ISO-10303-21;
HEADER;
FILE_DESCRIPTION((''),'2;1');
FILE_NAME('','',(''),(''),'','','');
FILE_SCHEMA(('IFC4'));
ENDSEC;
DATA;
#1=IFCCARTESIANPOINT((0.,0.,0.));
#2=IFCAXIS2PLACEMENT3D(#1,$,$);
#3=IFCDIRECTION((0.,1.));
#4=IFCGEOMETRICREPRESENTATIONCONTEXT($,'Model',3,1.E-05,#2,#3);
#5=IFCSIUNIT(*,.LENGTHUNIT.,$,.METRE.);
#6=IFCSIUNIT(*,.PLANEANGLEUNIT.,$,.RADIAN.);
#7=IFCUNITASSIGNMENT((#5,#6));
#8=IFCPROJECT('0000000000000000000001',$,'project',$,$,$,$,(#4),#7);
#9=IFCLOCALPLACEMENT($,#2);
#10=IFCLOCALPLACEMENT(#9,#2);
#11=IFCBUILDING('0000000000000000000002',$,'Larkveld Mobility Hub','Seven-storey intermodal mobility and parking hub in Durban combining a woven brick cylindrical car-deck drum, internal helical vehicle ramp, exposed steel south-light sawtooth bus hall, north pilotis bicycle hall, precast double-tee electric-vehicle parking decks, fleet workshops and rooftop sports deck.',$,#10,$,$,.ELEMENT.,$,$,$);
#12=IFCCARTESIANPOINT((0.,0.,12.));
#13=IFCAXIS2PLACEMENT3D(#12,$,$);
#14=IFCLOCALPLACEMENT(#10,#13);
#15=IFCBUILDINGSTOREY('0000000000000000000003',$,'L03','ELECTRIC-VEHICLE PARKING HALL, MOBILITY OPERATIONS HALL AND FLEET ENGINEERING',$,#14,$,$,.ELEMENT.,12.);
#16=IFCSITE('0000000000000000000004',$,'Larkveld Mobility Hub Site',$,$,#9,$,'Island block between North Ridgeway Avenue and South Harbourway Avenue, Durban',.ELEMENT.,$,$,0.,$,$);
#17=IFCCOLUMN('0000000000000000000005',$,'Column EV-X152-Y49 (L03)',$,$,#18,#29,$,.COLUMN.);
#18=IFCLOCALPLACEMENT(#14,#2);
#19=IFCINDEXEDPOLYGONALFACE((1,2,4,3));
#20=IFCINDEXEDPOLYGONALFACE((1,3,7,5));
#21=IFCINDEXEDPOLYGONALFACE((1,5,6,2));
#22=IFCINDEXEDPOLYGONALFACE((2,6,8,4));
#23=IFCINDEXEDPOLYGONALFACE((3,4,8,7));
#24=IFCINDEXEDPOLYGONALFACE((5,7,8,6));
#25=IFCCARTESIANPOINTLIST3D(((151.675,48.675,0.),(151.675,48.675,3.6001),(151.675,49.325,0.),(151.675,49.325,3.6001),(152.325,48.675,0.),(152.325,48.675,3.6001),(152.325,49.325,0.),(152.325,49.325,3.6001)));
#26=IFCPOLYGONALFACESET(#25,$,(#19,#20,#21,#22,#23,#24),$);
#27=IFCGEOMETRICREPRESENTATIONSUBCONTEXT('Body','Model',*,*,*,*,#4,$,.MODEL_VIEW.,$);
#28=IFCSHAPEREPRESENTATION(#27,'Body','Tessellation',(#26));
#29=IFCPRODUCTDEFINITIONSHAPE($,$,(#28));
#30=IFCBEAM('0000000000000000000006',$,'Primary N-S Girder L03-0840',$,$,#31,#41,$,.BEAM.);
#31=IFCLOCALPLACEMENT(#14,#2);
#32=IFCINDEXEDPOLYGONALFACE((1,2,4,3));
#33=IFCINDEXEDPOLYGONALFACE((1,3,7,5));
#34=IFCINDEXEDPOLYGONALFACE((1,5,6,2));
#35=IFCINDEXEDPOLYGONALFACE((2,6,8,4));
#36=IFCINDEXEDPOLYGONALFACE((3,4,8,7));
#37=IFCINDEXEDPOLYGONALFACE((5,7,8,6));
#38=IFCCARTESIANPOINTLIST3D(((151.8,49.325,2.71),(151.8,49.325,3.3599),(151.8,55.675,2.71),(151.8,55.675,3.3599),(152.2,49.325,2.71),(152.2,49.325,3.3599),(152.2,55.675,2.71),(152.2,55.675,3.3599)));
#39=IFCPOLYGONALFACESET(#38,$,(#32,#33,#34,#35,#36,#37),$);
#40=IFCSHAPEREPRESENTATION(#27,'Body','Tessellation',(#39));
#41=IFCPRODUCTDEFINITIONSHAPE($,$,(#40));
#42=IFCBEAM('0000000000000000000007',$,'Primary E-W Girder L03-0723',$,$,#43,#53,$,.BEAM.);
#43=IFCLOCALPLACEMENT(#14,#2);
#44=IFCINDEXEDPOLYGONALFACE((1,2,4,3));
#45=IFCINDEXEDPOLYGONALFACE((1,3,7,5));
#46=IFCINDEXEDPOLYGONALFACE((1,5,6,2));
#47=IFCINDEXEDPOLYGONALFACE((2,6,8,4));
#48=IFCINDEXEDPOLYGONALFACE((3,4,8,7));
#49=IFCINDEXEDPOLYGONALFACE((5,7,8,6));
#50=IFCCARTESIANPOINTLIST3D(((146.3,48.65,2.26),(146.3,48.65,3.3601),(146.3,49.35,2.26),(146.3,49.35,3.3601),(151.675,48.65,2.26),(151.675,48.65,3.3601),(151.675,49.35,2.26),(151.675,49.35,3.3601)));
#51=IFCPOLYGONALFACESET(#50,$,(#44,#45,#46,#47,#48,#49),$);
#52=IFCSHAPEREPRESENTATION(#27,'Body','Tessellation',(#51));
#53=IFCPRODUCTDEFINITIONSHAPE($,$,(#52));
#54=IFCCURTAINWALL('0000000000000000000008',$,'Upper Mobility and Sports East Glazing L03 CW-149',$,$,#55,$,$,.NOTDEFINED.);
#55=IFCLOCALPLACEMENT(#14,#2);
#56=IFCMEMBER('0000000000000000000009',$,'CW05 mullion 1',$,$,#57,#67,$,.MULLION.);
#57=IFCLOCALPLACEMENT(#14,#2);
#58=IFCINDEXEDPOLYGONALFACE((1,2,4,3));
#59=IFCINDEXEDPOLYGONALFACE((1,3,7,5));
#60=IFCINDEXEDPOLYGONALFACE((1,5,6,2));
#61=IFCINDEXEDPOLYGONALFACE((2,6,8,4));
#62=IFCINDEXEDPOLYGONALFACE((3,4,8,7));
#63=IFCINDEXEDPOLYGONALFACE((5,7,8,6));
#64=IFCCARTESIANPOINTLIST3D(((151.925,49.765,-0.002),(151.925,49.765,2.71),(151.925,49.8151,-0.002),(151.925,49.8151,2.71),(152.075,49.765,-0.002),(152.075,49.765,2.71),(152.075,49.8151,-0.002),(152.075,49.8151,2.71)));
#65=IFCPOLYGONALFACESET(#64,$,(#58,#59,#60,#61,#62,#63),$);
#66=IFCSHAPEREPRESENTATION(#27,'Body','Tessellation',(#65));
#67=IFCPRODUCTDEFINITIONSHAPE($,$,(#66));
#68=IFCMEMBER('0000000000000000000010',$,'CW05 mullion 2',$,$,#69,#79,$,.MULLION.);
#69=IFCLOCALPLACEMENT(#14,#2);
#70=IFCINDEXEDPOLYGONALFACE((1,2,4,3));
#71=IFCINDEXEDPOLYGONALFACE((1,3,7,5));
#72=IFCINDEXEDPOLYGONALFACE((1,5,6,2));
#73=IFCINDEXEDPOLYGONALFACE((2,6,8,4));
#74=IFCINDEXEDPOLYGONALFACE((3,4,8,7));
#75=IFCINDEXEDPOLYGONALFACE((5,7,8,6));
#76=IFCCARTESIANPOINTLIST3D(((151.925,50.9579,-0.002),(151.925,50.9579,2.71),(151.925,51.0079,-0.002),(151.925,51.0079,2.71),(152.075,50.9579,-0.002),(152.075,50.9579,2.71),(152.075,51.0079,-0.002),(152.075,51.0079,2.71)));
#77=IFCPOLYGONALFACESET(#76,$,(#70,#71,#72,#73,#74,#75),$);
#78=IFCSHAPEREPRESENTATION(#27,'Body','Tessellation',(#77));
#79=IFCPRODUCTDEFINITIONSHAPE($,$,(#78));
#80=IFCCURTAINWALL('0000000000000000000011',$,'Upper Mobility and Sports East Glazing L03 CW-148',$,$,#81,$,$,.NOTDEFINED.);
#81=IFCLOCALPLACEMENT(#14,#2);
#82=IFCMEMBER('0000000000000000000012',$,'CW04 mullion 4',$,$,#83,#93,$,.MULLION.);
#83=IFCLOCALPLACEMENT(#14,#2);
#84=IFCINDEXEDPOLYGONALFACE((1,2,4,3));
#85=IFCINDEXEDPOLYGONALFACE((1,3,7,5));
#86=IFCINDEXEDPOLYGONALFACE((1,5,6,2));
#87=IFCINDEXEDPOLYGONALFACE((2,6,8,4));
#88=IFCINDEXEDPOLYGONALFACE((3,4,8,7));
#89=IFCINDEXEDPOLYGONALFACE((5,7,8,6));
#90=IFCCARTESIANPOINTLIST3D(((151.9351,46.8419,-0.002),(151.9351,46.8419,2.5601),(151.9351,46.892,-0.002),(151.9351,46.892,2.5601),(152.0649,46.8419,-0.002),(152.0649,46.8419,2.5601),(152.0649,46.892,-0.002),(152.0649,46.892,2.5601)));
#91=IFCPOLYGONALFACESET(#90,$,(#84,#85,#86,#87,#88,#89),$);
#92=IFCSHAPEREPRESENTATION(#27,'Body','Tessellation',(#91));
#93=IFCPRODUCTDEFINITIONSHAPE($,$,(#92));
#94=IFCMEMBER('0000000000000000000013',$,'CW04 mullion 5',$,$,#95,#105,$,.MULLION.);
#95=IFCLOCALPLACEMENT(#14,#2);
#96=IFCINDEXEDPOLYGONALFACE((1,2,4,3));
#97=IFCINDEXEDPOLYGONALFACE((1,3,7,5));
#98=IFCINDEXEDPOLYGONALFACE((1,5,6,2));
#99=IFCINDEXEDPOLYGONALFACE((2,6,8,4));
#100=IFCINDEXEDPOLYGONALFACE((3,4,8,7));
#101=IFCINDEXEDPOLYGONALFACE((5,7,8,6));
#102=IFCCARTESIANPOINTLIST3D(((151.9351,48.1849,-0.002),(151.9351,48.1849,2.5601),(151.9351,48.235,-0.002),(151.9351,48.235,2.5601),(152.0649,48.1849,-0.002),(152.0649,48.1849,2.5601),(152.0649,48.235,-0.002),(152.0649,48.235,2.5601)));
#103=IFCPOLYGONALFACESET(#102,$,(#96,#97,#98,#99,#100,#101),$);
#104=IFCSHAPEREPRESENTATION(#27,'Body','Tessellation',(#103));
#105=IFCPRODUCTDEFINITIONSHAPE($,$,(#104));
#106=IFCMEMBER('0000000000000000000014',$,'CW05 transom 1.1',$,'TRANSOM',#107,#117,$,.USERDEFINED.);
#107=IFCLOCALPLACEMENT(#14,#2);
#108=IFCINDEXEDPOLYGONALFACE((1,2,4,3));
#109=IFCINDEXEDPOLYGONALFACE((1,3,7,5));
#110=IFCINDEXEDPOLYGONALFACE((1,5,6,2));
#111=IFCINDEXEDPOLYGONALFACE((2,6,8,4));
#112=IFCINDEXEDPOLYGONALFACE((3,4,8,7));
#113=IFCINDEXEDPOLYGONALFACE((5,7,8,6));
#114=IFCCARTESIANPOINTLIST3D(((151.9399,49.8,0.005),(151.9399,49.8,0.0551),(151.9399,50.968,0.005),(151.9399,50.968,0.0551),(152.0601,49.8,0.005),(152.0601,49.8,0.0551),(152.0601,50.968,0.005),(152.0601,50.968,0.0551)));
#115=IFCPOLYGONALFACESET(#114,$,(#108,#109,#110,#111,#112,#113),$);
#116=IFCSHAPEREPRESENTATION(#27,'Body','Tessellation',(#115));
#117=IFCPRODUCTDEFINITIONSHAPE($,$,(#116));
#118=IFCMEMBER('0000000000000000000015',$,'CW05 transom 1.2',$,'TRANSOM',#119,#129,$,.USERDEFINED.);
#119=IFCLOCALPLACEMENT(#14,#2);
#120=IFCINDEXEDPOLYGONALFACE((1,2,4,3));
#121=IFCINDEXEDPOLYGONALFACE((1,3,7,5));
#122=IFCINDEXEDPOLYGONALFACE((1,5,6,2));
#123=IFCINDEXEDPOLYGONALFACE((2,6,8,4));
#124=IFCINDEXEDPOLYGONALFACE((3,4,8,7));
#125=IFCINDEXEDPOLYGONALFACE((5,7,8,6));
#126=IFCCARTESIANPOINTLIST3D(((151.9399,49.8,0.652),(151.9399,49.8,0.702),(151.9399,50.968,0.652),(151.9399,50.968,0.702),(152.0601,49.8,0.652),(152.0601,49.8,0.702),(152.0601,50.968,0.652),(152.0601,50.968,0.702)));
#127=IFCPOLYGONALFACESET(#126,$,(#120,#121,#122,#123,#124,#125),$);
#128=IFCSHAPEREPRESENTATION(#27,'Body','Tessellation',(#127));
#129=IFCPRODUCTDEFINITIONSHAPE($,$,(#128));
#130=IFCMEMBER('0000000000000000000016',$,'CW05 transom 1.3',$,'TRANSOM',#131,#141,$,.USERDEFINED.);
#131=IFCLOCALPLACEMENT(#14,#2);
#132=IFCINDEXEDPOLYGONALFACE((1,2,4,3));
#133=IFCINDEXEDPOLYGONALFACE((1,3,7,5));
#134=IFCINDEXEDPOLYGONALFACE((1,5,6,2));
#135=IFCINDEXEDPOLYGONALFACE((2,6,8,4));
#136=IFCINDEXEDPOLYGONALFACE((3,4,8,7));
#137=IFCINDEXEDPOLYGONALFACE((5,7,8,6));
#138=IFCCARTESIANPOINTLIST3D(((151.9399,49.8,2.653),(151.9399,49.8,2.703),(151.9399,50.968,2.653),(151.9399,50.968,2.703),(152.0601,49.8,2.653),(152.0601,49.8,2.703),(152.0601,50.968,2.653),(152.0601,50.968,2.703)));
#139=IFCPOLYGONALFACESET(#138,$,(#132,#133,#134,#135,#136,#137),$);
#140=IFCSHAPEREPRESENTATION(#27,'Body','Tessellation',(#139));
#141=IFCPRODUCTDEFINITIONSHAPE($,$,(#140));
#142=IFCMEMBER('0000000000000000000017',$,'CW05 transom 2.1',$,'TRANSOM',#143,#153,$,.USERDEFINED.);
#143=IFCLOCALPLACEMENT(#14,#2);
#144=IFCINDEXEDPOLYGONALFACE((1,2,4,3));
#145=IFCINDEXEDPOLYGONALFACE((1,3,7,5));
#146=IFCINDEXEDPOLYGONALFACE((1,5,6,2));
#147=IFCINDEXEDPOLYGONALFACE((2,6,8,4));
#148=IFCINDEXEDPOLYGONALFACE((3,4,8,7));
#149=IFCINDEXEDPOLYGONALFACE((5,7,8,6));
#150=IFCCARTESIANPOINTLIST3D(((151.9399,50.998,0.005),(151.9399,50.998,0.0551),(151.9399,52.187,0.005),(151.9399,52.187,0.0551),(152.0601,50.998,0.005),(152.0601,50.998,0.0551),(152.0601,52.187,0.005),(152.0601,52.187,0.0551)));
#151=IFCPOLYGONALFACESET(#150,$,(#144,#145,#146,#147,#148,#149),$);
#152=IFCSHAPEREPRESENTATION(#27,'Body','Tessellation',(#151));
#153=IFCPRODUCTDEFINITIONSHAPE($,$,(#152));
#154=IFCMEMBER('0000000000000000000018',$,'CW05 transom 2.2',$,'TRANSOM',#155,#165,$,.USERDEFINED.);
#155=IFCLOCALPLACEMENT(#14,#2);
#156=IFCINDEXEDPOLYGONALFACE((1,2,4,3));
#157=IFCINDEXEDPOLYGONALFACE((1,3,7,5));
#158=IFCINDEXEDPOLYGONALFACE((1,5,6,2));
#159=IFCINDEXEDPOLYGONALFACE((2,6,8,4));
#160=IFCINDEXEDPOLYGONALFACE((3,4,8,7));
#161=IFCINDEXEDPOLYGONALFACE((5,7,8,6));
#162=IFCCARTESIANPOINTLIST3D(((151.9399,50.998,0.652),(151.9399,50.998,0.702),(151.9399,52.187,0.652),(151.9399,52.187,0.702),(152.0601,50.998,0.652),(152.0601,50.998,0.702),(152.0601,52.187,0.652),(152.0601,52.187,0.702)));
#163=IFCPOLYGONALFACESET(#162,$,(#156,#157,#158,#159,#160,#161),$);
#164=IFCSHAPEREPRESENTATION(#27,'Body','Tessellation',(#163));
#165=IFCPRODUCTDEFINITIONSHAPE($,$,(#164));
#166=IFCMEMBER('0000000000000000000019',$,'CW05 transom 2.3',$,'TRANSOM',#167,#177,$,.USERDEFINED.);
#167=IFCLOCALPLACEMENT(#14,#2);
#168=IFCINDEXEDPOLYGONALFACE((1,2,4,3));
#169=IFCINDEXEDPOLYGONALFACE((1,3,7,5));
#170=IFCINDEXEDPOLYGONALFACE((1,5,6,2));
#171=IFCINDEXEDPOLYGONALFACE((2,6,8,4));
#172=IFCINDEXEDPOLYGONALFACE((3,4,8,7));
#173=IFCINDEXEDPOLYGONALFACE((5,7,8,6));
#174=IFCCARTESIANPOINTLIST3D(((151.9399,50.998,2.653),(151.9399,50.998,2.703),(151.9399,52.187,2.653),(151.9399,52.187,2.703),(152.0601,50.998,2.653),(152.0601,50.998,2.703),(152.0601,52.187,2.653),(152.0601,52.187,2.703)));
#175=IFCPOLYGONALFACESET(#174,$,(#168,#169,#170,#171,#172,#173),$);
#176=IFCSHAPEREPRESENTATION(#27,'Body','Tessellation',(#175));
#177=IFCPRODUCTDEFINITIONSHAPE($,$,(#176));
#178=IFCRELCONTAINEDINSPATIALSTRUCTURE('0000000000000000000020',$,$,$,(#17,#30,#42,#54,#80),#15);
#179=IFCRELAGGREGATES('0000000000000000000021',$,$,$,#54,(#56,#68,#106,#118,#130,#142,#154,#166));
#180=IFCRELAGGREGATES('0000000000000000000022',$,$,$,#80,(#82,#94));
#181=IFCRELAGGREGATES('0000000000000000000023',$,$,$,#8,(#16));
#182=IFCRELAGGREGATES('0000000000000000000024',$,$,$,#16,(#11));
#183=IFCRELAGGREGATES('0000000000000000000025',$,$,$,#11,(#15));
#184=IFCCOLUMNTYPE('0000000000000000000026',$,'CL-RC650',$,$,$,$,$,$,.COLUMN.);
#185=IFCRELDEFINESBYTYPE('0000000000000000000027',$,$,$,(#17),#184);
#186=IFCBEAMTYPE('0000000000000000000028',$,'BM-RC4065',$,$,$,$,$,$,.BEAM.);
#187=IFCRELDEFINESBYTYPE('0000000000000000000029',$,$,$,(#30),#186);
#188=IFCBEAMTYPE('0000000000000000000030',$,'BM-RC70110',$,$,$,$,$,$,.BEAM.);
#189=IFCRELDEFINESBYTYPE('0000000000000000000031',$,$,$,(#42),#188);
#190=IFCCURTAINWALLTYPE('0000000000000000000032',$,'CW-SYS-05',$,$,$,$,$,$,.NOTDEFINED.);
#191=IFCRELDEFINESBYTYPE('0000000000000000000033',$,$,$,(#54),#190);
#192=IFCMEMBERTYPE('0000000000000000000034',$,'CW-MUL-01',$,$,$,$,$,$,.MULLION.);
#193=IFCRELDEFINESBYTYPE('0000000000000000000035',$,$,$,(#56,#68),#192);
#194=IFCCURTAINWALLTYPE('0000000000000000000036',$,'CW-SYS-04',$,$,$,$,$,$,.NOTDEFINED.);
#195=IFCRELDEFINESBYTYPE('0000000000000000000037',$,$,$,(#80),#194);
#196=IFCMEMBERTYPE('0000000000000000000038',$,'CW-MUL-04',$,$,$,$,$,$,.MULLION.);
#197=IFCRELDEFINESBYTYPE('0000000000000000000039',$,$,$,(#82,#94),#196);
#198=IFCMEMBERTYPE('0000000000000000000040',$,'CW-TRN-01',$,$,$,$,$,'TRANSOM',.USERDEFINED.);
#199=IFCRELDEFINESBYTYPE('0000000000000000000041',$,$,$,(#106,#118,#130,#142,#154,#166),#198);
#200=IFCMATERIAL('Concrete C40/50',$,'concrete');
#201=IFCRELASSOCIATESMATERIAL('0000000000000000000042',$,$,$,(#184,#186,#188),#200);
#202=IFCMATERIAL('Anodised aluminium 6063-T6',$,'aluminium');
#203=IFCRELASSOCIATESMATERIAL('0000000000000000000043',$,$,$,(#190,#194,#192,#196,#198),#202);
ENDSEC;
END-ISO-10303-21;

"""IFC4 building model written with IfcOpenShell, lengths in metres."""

from ifc_helpers import new_model, si_unit, direction, frame, origin, origin_2d, place, context, subcontext, project, spatial, rectangle, extrude, material, material_profile, profile_set, type_object, element, aggregate, save


model = new_model("IFC4")

# Units and contexts
model_context = context("Model", 3, precision=1e-05, world=origin(), true_north=direction((0.0, 1.0)))
body_context = subcontext(model_context, "Body", "Model", "MODEL_VIEW")
ifc_project = project(units=[si_unit("LENGTHUNIT", "METRE"), si_unit("PLANEANGLEUNIT", "RADIAN")], contexts=[model_context])

# Site, building, storey
site_placement = place(None, origin())
site = spatial("IfcSite", under=ifc_project, at=site_placement, Name="Larkveld Mobility Hub Site", LongName="Island block between North Ridgeway Avenue and South Harbourway Avenue, Durban", CompositionType="ELEMENT", RefElevation=0.0)
building_placement = place(site_placement, origin())
building = spatial("IfcBuilding", under=site, at=building_placement, Name="Larkveld Mobility Hub", Description="Seven-storey intermodal mobility and parking hub in Durban combining a woven brick cylindrical car-deck drum, internal helical vehicle ramp, exposed steel south-light sawtooth bus hall, north pilotis bicycle hall, precast double-tee electric-vehicle parking decks, fleet workshops and rooftop sports deck.", CompositionType="ELEMENT")
storey_placement = place(building_placement, frame((0.0, 0.0, 12.0)))
storey = spatial("IfcBuildingStorey", under=building, at=storey_placement, Name="L03", Description="ELECTRIC-VEHICLE PARKING HALL, MOBILITY OPERATIONS HALL AND FLEET ENGINEERING", CompositionType="ELEMENT", Elevation=12.0)

# Column
ifc_material_1 = material(Name="Concrete C40/50", Category="concrete")
ifc_material_profile_1 = material_profile(ifc_material_1, rectangle(XDim=0.6499, YDim=0.6499, at=origin_2d()), Name="RC COL 650x650")
ifc_profile_set_1 = profile_set([ifc_material_profile_1], Name="Concrete C40/50")
column_type = type_object("IfcColumnType", Name="CL-RC650", PredefinedType="COLUMN", material=ifc_profile_set_1)
column_placement = place(storey_placement, frame((152.0, 49.0, 0.0), z_axis=(0.0, 0.0, 1.0), x_axis=(1.0, 0.0, 0.0)))
element("IfcColumn", 1, at=column_placement, inside=storey, type_object=column_type, Name="Column EV-X152-Y49 (L03)", PredefinedType="COLUMN", context=body_context, shape_type="SweptSolid", body=[
    extrude(rectangle(XDim=0.6499, YDim=0.6499, at=origin_2d()), origin(), (0.0, 0.0, 1.0), 3.6001),
])

# Beams
ifc_material_profile_2 = material_profile(ifc_material_1, rectangle(XDim=0.3999, YDim=0.6499, at=origin_2d()), Name="RC BM 400x650")
ifc_profile_set_2 = profile_set([ifc_material_profile_2], Name="Concrete C40/50")
beam_type_1 = type_object("IfcBeamType", Name="BM-RC4065", PredefinedType="BEAM", material=ifc_profile_set_2)
beam_1_placement = place(storey_placement, frame((152.0, 49.325, 3.0349), z_axis=(0.0, 1.0, 0.0), x_axis=(-1.0, 0.0, 0.0)))
element("IfcBeam", 2, at=beam_1_placement, inside=storey, type_object=beam_type_1, Name="Primary N-S Girder L03-0840", PredefinedType="BEAM", context=body_context, shape_type="SweptSolid", body=[
    extrude(rectangle(XDim=0.3999, YDim=0.6499, at=origin_2d()), origin(), (0.0, 0.0, 1.0), 6.3501),
])
ifc_material_profile_3 = material_profile(ifc_material_1, rectangle(XDim=0.7, YDim=1.1001, at=origin_2d()), Name="RC BM 700x1100")
ifc_profile_set_3 = profile_set([ifc_material_profile_3], Name="Concrete C40/50")
beam_type_2 = type_object("IfcBeamType", Name="BM-RC70110", PredefinedType="BEAM", material=ifc_profile_set_3)
beam_2_placement = place(storey_placement, frame((146.3, 49.0, 2.8101), z_axis=(1.0, 0.0, 0.0), x_axis=(0.0, 1.0, 0.0)))
element("IfcBeam", 3, at=beam_2_placement, inside=storey, type_object=beam_type_2, Name="Primary E-W Girder L03-0723", PredefinedType="BEAM", context=body_context, shape_type="SweptSolid", body=[
    extrude(rectangle(XDim=0.7, YDim=1.1001, at=origin_2d()), origin(), (0.0, 0.0, 1.0), 5.375),
])

# Curtain walls, members
ifc_material_2 = material(Name="Anodised aluminium 6063-T6", Category="aluminium")
curtain_wall_type_1 = type_object("IfcCurtainWallType", Name="CW-SYS-05", PredefinedType="NOTDEFINED", material=ifc_material_2)
curtain_wall_1_placement = place(storey_placement, origin())
curtain_wall_1 = element("IfcCurtainWall", 4, at=curtain_wall_1_placement, inside=storey, type_object=curtain_wall_type_1, Name="Upper Mobility and Sports East Glazing L03 CW-149", PredefinedType="NOTDEFINED")
ifc_material_profile_4 = material_profile(ifc_material_2, rectangle(XDim=0.05, YDim=0.1499, at=origin_2d()), Name="ALU MULL 50x150")
ifc_profile_set_4 = profile_set([ifc_material_profile_4], Name="Anodised aluminium 6063-T6")
member_type_1 = type_object("IfcMemberType", Name="CW-MUL-01", PredefinedType="MULLION", material=ifc_profile_set_4)
member_1_placement = place(storey_placement, frame((152.0, 49.79, -0.002), z_axis=(0.0, 0.0, 1.0), x_axis=(0.0, 1.0, 0.0)))
member_1 = element("IfcMember", 5, at=member_1_placement, type_object=member_type_1, Name="CW05 mullion 1", PredefinedType="MULLION", context=body_context, shape_type="SweptSolid", body=[
    extrude(rectangle(XDim=0.05, YDim=0.1499, at=origin_2d()), origin(), (0.0, 0.0, 1.0), 2.7119),
])
member_2_placement = place(storey_placement, frame((152.0, 50.9829, -0.002), z_axis=(0.0, 0.0, 1.0), x_axis=(0.0, 1.0, 0.0)))
member_2 = element("IfcMember", 6, at=member_2_placement, type_object=member_type_1, Name="CW05 mullion 2", PredefinedType="MULLION", context=body_context, shape_type="SweptSolid", body=[
    extrude(rectangle(XDim=0.05, YDim=0.1499, at=origin_2d()), origin(), (0.0, 0.0, 1.0), 2.7119),
])
curtain_wall_type_2 = type_object("IfcCurtainWallType", Name="CW-SYS-04", PredefinedType="NOTDEFINED", material=ifc_material_2)
curtain_wall_2_placement = place(storey_placement, origin())
curtain_wall_2 = element("IfcCurtainWall", 7, at=curtain_wall_2_placement, inside=storey, type_object=curtain_wall_type_2, Name="Upper Mobility and Sports East Glazing L03 CW-148", PredefinedType="NOTDEFINED")
ifc_material_profile_5 = material_profile(ifc_material_2, rectangle(XDim=0.05, YDim=0.1299, at=origin_2d()), Name="ALU MULL 50x130")
ifc_profile_set_5 = profile_set([ifc_material_profile_5], Name="Anodised aluminium 6063-T6")
member_type_2 = type_object("IfcMemberType", Name="CW-MUL-04", PredefinedType="MULLION", material=ifc_profile_set_5)
member_3_placement = place(storey_placement, frame((152.0, 46.8669, -0.002), z_axis=(0.0, 0.0, 1.0), x_axis=(0.0, 1.0, 0.0)))
member_3 = element("IfcMember", 8, at=member_3_placement, type_object=member_type_2, Name="CW04 mullion 4", PredefinedType="MULLION", context=body_context, shape_type="SweptSolid", body=[
    extrude(rectangle(XDim=0.05, YDim=0.1299, at=origin_2d()), origin(), (0.0, 0.0, 1.0), 2.562),
])
member_4_placement = place(storey_placement, frame((152.0, 48.21, -0.002), z_axis=(0.0, 0.0, 1.0), x_axis=(0.0, 1.0, 0.0)))
member_4 = element("IfcMember", 9, at=member_4_placement, type_object=member_type_2, Name="CW04 mullion 5", PredefinedType="MULLION", context=body_context, shape_type="SweptSolid", body=[
    extrude(rectangle(XDim=0.05, YDim=0.1299, at=origin_2d()), origin(), (0.0, 0.0, 1.0), 2.562),
])

# Members
ifc_material_profile_6 = material_profile(ifc_material_2, rectangle(XDim=0.1201, YDim=0.05, at=origin_2d()), Name="ALU TRAN 50x120")
ifc_profile_set_6 = profile_set([ifc_material_profile_6], Name="Anodised aluminium 6063-T6")
member_type_3 = type_object("IfcMemberType", Name="CW-TRN-01", ElementType="TRANSOM", PredefinedType="USERDEFINED", material=ifc_profile_set_6)
member_5_placement = place(storey_placement, frame((152.0, 49.8, 0.03), z_axis=(0.0, 1.0, 0.0), x_axis=(-1.0, 0.0, 0.0)))
member_5 = element("IfcMember", 10, at=member_5_placement, type_object=member_type_3, Name="CW05 transom 1.1", ObjectType="TRANSOM", PredefinedType="USERDEFINED", context=body_context, shape_type="SweptSolid", body=[
    extrude(rectangle(XDim=0.1201, YDim=0.05, at=origin_2d()), origin(), (0.0, 0.0, 1.0), 1.168),
])
member_6_placement = place(storey_placement, frame((152.0, 49.8, 0.677), z_axis=(0.0, 1.0, 0.0), x_axis=(-1.0, 0.0, 0.0)))
member_6 = element("IfcMember", 11, at=member_6_placement, type_object=member_type_3, Name="CW05 transom 1.2", ObjectType="TRANSOM", PredefinedType="USERDEFINED", context=body_context, shape_type="SweptSolid", body=[
    extrude(rectangle(XDim=0.1201, YDim=0.05, at=origin_2d()), origin(), (0.0, 0.0, 1.0), 1.168),
])
member_7_placement = place(storey_placement, frame((152.0, 49.8, 2.678), z_axis=(0.0, 1.0, 0.0), x_axis=(-1.0, 0.0, 0.0)))
member_7 = element("IfcMember", 12, at=member_7_placement, type_object=member_type_3, Name="CW05 transom 1.3", ObjectType="TRANSOM", PredefinedType="USERDEFINED", context=body_context, shape_type="SweptSolid", body=[
    extrude(rectangle(XDim=0.1201, YDim=0.05, at=origin_2d()), origin(), (0.0, 0.0, 1.0), 1.168),
])
member_8_placement = place(storey_placement, frame((152.0, 50.998, 0.03), z_axis=(0.0, 1.0, 0.0), x_axis=(-1.0, 0.0, 0.0)))
member_8 = element("IfcMember", 13, at=member_8_placement, type_object=member_type_3, Name="CW05 transom 2.1", ObjectType="TRANSOM", PredefinedType="USERDEFINED", context=body_context, shape_type="SweptSolid", body=[
    extrude(rectangle(XDim=0.1201, YDim=0.05, at=origin_2d()), origin(), (0.0, 0.0, 1.0), 1.189),
])
member_9_placement = place(storey_placement, frame((152.0, 50.998, 0.677), z_axis=(0.0, 1.0, 0.0), x_axis=(-1.0, 0.0, 0.0)))
member_9 = element("IfcMember", 14, at=member_9_placement, type_object=member_type_3, Name="CW05 transom 2.2", ObjectType="TRANSOM", PredefinedType="USERDEFINED", context=body_context, shape_type="SweptSolid", body=[
    extrude(rectangle(XDim=0.1201, YDim=0.05, at=origin_2d()), origin(), (0.0, 0.0, 1.0), 1.189),
])
member_10_placement = place(storey_placement, frame((152.0, 50.998, 2.678), z_axis=(0.0, 1.0, 0.0), x_axis=(-1.0, 0.0, 0.0)))
member_10 = element("IfcMember", 15, at=member_10_placement, type_object=member_type_3, Name="CW05 transom 2.3", ObjectType="TRANSOM", PredefinedType="USERDEFINED", context=body_context, shape_type="SweptSolid", body=[
    extrude(rectangle(XDim=0.1201, YDim=0.05, at=origin_2d()), origin(), (0.0, 0.0, 1.0), 1.189),
])

aggregate(curtain_wall_1, [member_1, member_2, member_5, member_6, member_7, member_8, member_9, member_10])
aggregate(curtain_wall_2, [member_3, member_4])

save(model, "model.ifc")
